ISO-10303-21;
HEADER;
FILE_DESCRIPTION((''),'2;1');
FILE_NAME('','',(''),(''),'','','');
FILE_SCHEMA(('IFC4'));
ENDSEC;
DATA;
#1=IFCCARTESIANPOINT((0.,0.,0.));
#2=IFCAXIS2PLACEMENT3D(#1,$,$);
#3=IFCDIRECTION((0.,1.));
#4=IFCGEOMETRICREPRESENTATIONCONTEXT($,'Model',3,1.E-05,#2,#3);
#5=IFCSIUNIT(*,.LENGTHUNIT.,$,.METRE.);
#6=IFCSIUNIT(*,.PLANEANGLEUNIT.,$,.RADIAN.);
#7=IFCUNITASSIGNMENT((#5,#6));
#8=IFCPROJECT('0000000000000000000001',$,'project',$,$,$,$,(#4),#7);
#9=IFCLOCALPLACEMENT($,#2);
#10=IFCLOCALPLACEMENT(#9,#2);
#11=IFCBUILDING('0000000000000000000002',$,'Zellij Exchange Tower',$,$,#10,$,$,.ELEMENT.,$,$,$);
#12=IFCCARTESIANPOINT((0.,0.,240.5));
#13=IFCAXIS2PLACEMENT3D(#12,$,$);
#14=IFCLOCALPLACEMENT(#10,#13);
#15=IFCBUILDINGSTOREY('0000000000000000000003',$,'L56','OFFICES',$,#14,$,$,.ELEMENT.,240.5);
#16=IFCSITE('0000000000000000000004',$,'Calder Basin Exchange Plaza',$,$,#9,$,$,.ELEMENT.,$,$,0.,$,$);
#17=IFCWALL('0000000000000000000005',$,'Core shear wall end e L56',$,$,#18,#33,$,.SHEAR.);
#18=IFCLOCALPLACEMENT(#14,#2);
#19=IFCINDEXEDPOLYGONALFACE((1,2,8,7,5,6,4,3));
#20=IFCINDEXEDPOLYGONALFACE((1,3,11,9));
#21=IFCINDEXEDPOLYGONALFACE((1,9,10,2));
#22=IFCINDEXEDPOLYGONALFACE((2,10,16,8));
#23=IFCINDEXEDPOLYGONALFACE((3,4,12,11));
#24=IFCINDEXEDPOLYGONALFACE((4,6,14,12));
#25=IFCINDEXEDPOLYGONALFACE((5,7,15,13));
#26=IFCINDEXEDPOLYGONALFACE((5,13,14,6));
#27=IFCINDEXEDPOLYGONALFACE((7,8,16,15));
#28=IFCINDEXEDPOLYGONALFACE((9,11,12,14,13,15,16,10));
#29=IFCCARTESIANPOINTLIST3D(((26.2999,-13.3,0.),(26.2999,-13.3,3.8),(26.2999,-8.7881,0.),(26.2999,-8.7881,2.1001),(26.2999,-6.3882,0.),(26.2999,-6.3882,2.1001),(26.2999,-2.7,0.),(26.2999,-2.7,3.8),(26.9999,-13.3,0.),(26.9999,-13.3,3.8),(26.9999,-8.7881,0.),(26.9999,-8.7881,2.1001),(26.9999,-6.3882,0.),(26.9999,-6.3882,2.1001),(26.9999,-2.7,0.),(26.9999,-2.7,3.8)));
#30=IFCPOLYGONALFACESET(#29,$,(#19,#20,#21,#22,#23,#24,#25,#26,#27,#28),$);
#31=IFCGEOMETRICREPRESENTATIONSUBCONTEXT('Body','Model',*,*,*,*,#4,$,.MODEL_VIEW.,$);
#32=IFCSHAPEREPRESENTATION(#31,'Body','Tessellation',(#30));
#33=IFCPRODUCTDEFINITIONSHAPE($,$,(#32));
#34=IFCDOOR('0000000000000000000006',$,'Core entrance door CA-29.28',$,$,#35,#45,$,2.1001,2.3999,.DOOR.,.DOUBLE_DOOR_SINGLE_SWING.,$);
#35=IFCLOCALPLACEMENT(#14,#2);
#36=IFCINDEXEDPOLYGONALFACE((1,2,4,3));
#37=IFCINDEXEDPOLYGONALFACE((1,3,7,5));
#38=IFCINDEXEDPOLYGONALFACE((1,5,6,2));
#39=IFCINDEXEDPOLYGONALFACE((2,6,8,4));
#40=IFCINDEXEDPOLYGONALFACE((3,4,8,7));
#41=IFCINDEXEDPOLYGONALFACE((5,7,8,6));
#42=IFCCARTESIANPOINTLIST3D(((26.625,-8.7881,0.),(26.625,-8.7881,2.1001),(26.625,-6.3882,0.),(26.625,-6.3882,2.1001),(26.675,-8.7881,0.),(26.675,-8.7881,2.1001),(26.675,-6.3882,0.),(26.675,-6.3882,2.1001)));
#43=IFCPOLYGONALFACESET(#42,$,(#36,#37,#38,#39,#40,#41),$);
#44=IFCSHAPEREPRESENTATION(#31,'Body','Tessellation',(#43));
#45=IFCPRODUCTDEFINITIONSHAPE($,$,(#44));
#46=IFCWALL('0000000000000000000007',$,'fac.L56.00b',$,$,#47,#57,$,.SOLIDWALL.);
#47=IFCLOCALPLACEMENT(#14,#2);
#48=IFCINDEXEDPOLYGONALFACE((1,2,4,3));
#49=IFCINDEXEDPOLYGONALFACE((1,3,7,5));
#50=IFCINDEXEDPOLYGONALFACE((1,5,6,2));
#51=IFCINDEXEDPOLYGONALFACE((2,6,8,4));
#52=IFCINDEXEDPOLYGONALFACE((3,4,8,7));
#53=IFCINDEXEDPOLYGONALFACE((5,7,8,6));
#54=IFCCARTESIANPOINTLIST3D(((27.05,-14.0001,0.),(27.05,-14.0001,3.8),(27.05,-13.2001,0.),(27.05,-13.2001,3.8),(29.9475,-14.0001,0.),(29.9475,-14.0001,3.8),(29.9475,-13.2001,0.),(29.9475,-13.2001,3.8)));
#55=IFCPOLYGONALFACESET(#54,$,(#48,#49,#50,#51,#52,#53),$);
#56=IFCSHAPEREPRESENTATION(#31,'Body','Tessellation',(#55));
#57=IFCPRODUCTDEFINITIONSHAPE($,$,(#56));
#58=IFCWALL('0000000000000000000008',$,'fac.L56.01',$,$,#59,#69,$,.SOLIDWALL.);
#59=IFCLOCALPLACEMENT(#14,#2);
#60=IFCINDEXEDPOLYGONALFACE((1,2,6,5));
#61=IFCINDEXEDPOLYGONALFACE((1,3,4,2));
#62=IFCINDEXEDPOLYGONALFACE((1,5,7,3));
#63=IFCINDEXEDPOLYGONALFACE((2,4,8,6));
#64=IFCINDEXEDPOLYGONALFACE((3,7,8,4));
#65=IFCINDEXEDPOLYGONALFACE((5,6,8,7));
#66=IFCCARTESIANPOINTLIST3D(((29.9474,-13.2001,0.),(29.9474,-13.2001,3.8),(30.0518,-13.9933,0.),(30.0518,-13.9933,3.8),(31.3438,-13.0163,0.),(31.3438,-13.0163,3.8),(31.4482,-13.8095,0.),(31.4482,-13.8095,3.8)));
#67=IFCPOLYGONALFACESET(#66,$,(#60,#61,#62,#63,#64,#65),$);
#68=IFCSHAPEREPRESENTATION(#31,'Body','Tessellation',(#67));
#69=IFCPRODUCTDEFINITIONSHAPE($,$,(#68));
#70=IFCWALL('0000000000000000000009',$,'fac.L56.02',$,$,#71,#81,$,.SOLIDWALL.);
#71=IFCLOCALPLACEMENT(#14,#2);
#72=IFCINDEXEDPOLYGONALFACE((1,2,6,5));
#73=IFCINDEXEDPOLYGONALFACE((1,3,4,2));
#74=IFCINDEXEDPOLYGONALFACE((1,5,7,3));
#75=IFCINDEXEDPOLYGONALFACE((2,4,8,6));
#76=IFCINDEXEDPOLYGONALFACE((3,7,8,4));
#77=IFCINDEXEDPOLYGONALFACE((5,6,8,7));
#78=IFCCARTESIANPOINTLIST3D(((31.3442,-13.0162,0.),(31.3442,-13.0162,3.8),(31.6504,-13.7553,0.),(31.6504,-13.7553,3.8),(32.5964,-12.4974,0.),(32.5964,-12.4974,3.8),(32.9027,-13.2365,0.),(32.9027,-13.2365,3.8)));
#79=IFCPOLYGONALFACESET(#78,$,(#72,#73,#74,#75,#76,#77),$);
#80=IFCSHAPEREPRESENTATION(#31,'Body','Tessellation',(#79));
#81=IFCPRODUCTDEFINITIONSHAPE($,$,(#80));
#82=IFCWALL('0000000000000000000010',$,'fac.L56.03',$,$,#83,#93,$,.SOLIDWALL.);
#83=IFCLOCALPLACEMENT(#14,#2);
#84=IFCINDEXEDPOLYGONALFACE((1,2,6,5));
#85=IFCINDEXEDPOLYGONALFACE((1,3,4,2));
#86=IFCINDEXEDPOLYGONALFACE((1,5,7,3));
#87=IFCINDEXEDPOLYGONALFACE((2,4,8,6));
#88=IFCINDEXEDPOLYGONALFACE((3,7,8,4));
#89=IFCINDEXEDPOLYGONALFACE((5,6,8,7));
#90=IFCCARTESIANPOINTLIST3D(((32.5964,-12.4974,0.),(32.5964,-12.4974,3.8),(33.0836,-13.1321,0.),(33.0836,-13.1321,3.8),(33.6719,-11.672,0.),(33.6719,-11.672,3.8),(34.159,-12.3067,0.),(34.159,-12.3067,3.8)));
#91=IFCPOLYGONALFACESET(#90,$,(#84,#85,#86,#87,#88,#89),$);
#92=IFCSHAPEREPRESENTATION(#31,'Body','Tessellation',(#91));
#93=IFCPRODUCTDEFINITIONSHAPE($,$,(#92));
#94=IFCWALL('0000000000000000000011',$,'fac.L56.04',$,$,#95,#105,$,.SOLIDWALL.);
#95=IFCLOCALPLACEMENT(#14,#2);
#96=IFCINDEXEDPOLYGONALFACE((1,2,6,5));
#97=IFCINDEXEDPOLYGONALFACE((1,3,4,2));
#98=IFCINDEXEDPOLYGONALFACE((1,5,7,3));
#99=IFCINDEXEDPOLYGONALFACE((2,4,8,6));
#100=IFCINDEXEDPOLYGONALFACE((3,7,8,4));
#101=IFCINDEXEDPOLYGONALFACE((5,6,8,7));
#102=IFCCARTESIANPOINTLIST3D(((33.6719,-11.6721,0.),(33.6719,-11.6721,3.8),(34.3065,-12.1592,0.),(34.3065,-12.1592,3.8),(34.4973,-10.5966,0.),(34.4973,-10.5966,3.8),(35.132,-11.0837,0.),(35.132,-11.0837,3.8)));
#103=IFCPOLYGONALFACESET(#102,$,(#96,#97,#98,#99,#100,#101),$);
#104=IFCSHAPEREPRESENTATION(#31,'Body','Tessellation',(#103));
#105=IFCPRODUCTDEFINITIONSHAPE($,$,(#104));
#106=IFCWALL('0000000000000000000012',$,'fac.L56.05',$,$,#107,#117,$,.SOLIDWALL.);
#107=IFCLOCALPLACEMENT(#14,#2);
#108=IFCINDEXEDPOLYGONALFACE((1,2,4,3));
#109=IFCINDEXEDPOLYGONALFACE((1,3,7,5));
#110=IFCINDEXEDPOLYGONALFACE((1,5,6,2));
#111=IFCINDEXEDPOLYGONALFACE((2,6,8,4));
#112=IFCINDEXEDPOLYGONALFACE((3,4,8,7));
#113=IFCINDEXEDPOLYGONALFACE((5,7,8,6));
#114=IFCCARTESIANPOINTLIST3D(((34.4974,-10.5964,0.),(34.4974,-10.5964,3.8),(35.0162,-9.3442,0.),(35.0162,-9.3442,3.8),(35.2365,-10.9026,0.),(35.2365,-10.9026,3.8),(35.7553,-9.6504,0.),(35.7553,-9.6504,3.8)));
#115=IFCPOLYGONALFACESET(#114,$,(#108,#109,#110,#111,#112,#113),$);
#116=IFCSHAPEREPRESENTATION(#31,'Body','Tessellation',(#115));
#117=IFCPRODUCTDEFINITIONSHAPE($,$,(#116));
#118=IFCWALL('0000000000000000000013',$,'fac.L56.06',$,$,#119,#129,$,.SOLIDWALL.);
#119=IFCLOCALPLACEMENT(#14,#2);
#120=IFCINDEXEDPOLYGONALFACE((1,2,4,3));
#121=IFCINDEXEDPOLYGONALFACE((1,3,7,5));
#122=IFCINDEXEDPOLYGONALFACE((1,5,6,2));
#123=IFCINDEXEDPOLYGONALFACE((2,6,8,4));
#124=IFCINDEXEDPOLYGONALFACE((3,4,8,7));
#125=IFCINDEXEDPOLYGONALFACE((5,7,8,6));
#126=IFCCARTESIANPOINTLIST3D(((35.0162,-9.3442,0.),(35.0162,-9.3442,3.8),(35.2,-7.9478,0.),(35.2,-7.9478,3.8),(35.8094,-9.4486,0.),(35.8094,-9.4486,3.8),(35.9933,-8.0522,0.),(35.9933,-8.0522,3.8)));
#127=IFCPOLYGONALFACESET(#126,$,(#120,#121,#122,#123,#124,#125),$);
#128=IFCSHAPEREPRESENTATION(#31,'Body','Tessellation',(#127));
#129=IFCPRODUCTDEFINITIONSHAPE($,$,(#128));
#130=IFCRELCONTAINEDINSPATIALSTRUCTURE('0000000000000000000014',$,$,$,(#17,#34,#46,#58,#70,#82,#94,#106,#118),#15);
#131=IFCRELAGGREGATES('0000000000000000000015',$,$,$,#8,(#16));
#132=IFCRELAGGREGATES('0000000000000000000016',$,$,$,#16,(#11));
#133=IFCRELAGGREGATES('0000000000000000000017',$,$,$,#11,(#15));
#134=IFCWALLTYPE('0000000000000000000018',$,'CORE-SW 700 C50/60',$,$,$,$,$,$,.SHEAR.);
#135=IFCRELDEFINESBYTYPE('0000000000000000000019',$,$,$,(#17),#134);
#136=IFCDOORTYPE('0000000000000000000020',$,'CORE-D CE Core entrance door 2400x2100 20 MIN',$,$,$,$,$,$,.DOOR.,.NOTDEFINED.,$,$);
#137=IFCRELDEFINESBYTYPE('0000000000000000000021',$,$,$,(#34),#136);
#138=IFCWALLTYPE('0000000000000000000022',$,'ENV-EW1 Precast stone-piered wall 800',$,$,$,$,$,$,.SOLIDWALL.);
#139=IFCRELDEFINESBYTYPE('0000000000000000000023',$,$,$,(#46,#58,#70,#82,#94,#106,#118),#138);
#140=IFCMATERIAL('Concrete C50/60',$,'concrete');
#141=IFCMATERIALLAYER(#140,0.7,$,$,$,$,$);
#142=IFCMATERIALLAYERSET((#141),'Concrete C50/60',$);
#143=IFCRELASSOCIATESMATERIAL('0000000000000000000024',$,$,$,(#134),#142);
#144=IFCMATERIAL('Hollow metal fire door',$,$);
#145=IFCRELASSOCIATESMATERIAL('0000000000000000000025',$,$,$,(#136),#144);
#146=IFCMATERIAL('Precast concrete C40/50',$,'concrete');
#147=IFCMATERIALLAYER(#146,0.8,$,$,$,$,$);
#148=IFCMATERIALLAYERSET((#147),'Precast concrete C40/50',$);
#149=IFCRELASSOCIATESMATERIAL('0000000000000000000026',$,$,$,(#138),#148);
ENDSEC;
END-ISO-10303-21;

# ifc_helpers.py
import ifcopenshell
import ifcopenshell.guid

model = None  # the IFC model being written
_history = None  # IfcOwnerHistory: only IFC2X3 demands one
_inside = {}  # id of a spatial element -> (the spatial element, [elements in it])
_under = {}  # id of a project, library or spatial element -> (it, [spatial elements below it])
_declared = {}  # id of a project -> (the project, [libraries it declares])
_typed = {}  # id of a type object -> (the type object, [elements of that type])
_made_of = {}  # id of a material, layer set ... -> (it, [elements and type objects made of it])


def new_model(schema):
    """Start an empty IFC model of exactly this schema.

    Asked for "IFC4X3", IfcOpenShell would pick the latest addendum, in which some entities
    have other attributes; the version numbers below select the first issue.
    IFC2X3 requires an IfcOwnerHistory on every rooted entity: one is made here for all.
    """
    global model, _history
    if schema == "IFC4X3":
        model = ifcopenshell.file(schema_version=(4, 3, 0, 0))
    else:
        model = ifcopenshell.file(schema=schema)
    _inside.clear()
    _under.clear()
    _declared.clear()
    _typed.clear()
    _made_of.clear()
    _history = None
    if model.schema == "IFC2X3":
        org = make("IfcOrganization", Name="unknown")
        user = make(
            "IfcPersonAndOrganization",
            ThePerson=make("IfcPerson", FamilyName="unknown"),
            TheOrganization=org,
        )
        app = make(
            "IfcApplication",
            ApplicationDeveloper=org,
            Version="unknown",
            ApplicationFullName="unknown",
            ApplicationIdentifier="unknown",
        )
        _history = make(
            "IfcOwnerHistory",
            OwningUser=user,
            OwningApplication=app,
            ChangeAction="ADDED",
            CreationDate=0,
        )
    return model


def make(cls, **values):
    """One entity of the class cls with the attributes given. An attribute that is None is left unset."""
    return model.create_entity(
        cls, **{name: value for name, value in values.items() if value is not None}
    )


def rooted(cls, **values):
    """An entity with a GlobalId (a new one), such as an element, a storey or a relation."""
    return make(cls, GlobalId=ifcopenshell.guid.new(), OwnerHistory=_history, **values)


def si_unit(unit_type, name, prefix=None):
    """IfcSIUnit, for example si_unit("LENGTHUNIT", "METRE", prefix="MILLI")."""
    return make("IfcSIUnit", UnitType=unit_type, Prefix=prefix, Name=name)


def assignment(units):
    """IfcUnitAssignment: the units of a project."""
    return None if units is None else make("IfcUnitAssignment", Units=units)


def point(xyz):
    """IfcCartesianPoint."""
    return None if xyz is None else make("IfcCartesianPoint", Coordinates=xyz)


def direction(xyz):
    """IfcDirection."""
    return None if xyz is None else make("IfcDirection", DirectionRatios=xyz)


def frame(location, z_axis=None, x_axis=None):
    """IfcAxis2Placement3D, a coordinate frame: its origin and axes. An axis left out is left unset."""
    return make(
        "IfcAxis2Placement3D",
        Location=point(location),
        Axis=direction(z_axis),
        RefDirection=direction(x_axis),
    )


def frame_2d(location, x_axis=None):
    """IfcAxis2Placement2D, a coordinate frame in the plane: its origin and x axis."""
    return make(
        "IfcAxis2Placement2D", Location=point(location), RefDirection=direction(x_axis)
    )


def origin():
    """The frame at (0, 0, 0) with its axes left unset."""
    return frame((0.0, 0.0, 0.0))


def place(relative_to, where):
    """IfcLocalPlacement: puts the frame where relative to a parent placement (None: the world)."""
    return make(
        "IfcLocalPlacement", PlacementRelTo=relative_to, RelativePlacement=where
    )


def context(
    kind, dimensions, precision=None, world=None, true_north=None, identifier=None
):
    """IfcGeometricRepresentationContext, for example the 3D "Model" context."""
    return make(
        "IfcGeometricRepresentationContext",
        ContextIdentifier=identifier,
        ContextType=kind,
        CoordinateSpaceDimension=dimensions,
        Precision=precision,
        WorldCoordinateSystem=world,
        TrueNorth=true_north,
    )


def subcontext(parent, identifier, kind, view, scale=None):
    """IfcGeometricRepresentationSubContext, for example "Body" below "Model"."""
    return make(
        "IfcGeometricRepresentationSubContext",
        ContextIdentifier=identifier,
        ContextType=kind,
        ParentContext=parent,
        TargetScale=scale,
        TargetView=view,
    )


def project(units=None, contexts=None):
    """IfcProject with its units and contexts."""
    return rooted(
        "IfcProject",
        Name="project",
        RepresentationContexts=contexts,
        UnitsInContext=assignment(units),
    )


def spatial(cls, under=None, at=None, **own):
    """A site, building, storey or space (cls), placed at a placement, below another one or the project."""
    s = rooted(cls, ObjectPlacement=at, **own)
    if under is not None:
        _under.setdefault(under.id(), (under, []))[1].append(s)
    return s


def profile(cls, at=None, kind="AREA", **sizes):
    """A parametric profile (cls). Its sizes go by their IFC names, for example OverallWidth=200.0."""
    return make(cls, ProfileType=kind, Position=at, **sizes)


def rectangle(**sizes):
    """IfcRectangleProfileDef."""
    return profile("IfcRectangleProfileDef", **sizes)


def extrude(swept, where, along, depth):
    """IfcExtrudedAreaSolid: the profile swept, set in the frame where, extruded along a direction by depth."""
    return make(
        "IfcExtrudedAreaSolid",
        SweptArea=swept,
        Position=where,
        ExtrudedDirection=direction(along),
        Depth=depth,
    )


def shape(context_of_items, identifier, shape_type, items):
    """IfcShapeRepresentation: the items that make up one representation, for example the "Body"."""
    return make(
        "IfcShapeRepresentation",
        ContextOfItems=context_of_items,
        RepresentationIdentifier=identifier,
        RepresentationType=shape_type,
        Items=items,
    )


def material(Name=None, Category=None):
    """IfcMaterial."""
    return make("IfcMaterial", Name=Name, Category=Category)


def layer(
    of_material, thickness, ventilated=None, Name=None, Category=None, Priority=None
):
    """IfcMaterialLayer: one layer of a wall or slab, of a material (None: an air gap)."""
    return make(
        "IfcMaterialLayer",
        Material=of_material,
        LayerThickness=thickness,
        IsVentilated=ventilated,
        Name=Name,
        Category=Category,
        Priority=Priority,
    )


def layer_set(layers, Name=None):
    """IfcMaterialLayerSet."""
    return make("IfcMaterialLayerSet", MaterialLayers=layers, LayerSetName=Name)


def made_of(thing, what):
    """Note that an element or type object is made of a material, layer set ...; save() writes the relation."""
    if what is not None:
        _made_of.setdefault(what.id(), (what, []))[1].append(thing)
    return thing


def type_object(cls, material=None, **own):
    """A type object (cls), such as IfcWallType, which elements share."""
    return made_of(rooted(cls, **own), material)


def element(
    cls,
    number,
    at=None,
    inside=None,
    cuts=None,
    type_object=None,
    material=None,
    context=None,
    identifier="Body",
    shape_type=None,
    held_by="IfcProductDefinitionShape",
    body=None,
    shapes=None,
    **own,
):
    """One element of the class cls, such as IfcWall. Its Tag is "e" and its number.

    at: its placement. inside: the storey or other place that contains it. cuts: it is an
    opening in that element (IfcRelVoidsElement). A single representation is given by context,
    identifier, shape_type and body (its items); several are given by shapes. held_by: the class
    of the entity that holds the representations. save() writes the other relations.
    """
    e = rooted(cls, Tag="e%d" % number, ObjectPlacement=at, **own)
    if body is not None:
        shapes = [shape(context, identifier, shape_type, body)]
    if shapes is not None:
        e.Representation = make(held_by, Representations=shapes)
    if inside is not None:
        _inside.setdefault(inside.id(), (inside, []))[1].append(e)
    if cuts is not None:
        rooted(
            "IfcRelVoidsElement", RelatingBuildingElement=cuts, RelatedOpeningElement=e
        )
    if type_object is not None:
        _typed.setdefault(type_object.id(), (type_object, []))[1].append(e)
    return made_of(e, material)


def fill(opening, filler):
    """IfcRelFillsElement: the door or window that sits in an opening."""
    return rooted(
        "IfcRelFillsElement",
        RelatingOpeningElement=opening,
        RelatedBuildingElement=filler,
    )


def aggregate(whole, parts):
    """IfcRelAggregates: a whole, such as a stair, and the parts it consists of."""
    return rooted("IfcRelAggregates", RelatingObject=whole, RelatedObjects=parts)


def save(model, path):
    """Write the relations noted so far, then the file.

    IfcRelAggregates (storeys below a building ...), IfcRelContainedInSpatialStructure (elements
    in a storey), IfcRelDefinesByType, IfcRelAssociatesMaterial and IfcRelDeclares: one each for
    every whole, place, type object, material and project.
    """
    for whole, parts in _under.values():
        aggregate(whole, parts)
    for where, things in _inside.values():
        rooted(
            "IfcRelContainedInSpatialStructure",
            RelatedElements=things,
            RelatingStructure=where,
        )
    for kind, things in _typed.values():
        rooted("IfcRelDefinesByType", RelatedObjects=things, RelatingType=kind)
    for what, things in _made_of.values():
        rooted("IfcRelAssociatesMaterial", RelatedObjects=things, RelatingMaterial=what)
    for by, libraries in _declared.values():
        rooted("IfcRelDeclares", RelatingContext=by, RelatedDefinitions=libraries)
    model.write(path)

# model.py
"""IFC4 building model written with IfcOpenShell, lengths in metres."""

from ifc_helpers import new_model, si_unit, direction, frame, frame_2d, origin, place, context, subcontext, project, spatial, rectangle, extrude, material, layer, layer_set, type_object, element, fill, save


model = new_model("IFC4")

# Units and contexts
model_context = context("Model", 3, precision=1e-05, world=origin(), true_north=direction((0.0, 1.0)))
body_context = subcontext(model_context, "Body", "Model", "MODEL_VIEW")
ifc_project = project(units=[si_unit("LENGTHUNIT", "METRE"), si_unit("PLANEANGLEUNIT", "RADIAN")], contexts=[model_context])

# Site, building, storey
site_placement = place(None, origin())
site = spatial("IfcSite", under=ifc_project, at=site_placement, Name="Calder Basin Exchange Plaza", CompositionType="ELEMENT", RefElevation=0.0)
building_placement = place(site_placement, origin())
building = spatial("IfcBuilding", under=site, at=building_placement, Name="Zellij Exchange Tower", CompositionType="ELEMENT")
storey_placement = place(building_placement, frame((0.0, 0.0, 240.5)))
storey = spatial("IfcBuildingStorey", under=building, at=storey_placement, Name="L56", Description="OFFICES", CompositionType="ELEMENT", Elevation=240.5)

# Shared definitions
ifc_material_1 = material(Name="Concrete C50/60", Category="concrete")

# Wall, opening, door
ifc_layer_1 = layer(ifc_material_1, 0.7)
ifc_layer_set_1 = layer_set([ifc_layer_1], Name="Concrete C50/60")
wall_type_1 = type_object("IfcWallType", Name="CORE-SW 700 C50/60", PredefinedType="SHEAR", material=ifc_layer_set_1)
wall_1_placement = place(storey_placement, frame((26.6499, -13.3, 0.0), z_axis=(0.0, 0.0, 1.0), x_axis=(0.0, 1.0, 0.0)))
wall_1 = element("IfcWall", 1, at=wall_1_placement, inside=storey, type_object=wall_type_1, Name="Core shear wall end e L56", PredefinedType="SHEAR", context=body_context, shape_type="SweptSolid", body=[
    extrude(rectangle(XDim=10.6001, YDim=0.7, at=frame_2d((5.3, 0.0))), origin(), (0.0, 0.0, 1.0), 3.8),
])
opening_1_placement = place(wall_1_placement, frame((4.512, 0.0, 0.0)))
opening_1 = element("IfcOpeningElement", 2, at=opening_1_placement, cuts=wall_1, PredefinedType="OPENING", context=body_context, shape_type="SweptSolid", body=[
    extrude(rectangle(XDim=2.3999, YDim=2.1001, at=frame_2d((1.2, 1.05))), frame((0.0, 0.3618, 0.0), z_axis=(0.0, -1.0, 0.0), x_axis=(1.0, 0.0, 0.0)), (0.0, 0.0, 1.0), 0.7239),
])
ifc_material_2 = material(Name="Hollow metal fire door")
door_type_1 = type_object("IfcDoorType", Name="CORE-D CE Core entrance door 2400x2100 20 MIN", OperationType="NOTDEFINED", PredefinedType="DOOR", material=ifc_material_2)
door_1_placement = place(opening_1_placement, origin())
door_1 = element("IfcDoor", 3, at=door_1_placement, inside=storey, type_object=door_type_1, Name="Core entrance door CA-29.28", OperationType="DOUBLE_DOOR_SINGLE_SWING", OverallHeight=2.1001, OverallWidth=2.3999, PredefinedType="DOOR", context=body_context, shape_type="SweptSolid", body=[
    extrude(rectangle(XDim=2.3999, YDim=2.1001, at=frame_2d((1.2, 1.05))), frame((0.0, 0.0249, 0.0), z_axis=(0.0, -1.0, 0.0), x_axis=(1.0, 0.0, 0.0)), (0.0, 0.0, 1.0), 0.05),
])
fill(opening_1, door_1)

# Walls
ifc_material_3 = material(Name="Precast concrete C40/50", Category="concrete")
ifc_layer_2 = layer(ifc_material_3, 0.8)
ifc_layer_set_2 = layer_set([ifc_layer_2], Name="Precast concrete C40/50")
wall_type_2 = type_object("IfcWallType", Name="ENV-EW1 Precast stone-piered wall 800", PredefinedType="SOLIDWALL", material=ifc_layer_set_2)
wall_2_placement = place(storey_placement, frame((27.05, -13.6001, 0.0), z_axis=(0.0, 0.0, 1.0), x_axis=(1.0, 0.0, 0.0)))
element("IfcWall", 4, at=wall_2_placement, inside=storey, type_object=wall_type_2, Name="fac.L56.00b", PredefinedType="SOLIDWALL", context=body_context, shape_type="SweptSolid", body=[
    extrude(rectangle(XDim=2.8975, YDim=0.8, at=frame_2d((1.4487, 0.0))), origin(), (0.0, 0.0, 1.0), 3.8),
])
wall_3_placement = place(storey_placement, frame((29.9998, -13.5967, 0.0), z_axis=(0.0, 0.0, 1.0), x_axis=(0.991446, 0.130517, 0.0)))
element("IfcWall", 5, at=wall_3_placement, inside=storey, type_object=wall_type_2, Name="fac.L56.01", PredefinedType="SOLIDWALL", context=body_context, shape_type="SweptSolid", body=[
    extrude(rectangle(XDim=1.4084, YDim=0.8, at=frame_2d((0.7041, 0.0))), origin(), (0.0, 0.0, 1.0), 3.8),
])
wall_4_placement = place(storey_placement, frame((31.4973, -13.3857, 0.0), z_axis=(0.0, 0.0, 1.0), x_axis=(0.923848, 0.38276, 0.0)))
element("IfcWall", 6, at=wall_4_placement, inside=storey, type_object=wall_type_2, Name="fac.L56.02", PredefinedType="SOLIDWALL", context=body_context, shape_type="SweptSolid", body=[
    extrude(rectangle(XDim=1.3555, YDim=0.8, at=frame_2d((0.6777, 0.0))), origin(), (0.0, 0.0, 1.0), 3.8),
])
for number, where, z_axis, x_axis, name in (
    (7, (32.8401, -12.8147, 0.0), (0.0, 0.0, 1.0), (0.793273, 0.608866, 0.0), "fac.L56.03"),
    (8, (33.9893, -11.9155, 0.0), (0.0, 0.0, 1.0), (0.608866, 0.793273, 0.0), "fac.L56.04"),
):
    element("IfcWall", number, at=place(storey_placement, frame(where, z_axis=z_axis, x_axis=x_axis)), inside=storey, type_object=wall_type_2, Name=name, PredefinedType="SOLIDWALL", context=body_context, shape_type="SweptSolid", body=[
        extrude(rectangle(XDim=1.3557, YDim=0.8, at=frame_2d((0.6777, 0.0))), origin(), (0.0, 0.0, 1.0), 3.8),
    ])
wall_5_placement = place(storey_placement, frame((34.8669, -10.7495, 0.0), z_axis=(0.0, 0.0, 1.0), x_axis=(0.38276, 0.923848, 0.0)))
element("IfcWall", 9, at=wall_5_placement, inside=storey, type_object=wall_type_2, Name="fac.L56.05", PredefinedType="SOLIDWALL", context=body_context, shape_type="SweptSolid", body=[
    extrude(rectangle(XDim=1.3555, YDim=0.8, at=frame_2d((0.6777, 0.0))), origin(), (0.0, 0.0, 1.0), 3.8),
])
wall_6_placement = place(storey_placement, frame((35.4128, -9.3962, 0.0), z_axis=(0.0, 0.0, 1.0), x_axis=(0.130517, 0.991446, 0.0)))
element("IfcWall", 10, at=wall_6_placement, inside=storey, type_object=wall_type_2, Name="fac.L56.06", PredefinedType="SOLIDWALL", context=body_context, shape_type="SweptSolid", body=[
    extrude(rectangle(XDim=1.4084, YDim=0.8, at=frame_2d((0.7041, 0.0))), origin(), (0.0, 0.0, 1.0), 3.8),
])

save(model, "model.ifc")
